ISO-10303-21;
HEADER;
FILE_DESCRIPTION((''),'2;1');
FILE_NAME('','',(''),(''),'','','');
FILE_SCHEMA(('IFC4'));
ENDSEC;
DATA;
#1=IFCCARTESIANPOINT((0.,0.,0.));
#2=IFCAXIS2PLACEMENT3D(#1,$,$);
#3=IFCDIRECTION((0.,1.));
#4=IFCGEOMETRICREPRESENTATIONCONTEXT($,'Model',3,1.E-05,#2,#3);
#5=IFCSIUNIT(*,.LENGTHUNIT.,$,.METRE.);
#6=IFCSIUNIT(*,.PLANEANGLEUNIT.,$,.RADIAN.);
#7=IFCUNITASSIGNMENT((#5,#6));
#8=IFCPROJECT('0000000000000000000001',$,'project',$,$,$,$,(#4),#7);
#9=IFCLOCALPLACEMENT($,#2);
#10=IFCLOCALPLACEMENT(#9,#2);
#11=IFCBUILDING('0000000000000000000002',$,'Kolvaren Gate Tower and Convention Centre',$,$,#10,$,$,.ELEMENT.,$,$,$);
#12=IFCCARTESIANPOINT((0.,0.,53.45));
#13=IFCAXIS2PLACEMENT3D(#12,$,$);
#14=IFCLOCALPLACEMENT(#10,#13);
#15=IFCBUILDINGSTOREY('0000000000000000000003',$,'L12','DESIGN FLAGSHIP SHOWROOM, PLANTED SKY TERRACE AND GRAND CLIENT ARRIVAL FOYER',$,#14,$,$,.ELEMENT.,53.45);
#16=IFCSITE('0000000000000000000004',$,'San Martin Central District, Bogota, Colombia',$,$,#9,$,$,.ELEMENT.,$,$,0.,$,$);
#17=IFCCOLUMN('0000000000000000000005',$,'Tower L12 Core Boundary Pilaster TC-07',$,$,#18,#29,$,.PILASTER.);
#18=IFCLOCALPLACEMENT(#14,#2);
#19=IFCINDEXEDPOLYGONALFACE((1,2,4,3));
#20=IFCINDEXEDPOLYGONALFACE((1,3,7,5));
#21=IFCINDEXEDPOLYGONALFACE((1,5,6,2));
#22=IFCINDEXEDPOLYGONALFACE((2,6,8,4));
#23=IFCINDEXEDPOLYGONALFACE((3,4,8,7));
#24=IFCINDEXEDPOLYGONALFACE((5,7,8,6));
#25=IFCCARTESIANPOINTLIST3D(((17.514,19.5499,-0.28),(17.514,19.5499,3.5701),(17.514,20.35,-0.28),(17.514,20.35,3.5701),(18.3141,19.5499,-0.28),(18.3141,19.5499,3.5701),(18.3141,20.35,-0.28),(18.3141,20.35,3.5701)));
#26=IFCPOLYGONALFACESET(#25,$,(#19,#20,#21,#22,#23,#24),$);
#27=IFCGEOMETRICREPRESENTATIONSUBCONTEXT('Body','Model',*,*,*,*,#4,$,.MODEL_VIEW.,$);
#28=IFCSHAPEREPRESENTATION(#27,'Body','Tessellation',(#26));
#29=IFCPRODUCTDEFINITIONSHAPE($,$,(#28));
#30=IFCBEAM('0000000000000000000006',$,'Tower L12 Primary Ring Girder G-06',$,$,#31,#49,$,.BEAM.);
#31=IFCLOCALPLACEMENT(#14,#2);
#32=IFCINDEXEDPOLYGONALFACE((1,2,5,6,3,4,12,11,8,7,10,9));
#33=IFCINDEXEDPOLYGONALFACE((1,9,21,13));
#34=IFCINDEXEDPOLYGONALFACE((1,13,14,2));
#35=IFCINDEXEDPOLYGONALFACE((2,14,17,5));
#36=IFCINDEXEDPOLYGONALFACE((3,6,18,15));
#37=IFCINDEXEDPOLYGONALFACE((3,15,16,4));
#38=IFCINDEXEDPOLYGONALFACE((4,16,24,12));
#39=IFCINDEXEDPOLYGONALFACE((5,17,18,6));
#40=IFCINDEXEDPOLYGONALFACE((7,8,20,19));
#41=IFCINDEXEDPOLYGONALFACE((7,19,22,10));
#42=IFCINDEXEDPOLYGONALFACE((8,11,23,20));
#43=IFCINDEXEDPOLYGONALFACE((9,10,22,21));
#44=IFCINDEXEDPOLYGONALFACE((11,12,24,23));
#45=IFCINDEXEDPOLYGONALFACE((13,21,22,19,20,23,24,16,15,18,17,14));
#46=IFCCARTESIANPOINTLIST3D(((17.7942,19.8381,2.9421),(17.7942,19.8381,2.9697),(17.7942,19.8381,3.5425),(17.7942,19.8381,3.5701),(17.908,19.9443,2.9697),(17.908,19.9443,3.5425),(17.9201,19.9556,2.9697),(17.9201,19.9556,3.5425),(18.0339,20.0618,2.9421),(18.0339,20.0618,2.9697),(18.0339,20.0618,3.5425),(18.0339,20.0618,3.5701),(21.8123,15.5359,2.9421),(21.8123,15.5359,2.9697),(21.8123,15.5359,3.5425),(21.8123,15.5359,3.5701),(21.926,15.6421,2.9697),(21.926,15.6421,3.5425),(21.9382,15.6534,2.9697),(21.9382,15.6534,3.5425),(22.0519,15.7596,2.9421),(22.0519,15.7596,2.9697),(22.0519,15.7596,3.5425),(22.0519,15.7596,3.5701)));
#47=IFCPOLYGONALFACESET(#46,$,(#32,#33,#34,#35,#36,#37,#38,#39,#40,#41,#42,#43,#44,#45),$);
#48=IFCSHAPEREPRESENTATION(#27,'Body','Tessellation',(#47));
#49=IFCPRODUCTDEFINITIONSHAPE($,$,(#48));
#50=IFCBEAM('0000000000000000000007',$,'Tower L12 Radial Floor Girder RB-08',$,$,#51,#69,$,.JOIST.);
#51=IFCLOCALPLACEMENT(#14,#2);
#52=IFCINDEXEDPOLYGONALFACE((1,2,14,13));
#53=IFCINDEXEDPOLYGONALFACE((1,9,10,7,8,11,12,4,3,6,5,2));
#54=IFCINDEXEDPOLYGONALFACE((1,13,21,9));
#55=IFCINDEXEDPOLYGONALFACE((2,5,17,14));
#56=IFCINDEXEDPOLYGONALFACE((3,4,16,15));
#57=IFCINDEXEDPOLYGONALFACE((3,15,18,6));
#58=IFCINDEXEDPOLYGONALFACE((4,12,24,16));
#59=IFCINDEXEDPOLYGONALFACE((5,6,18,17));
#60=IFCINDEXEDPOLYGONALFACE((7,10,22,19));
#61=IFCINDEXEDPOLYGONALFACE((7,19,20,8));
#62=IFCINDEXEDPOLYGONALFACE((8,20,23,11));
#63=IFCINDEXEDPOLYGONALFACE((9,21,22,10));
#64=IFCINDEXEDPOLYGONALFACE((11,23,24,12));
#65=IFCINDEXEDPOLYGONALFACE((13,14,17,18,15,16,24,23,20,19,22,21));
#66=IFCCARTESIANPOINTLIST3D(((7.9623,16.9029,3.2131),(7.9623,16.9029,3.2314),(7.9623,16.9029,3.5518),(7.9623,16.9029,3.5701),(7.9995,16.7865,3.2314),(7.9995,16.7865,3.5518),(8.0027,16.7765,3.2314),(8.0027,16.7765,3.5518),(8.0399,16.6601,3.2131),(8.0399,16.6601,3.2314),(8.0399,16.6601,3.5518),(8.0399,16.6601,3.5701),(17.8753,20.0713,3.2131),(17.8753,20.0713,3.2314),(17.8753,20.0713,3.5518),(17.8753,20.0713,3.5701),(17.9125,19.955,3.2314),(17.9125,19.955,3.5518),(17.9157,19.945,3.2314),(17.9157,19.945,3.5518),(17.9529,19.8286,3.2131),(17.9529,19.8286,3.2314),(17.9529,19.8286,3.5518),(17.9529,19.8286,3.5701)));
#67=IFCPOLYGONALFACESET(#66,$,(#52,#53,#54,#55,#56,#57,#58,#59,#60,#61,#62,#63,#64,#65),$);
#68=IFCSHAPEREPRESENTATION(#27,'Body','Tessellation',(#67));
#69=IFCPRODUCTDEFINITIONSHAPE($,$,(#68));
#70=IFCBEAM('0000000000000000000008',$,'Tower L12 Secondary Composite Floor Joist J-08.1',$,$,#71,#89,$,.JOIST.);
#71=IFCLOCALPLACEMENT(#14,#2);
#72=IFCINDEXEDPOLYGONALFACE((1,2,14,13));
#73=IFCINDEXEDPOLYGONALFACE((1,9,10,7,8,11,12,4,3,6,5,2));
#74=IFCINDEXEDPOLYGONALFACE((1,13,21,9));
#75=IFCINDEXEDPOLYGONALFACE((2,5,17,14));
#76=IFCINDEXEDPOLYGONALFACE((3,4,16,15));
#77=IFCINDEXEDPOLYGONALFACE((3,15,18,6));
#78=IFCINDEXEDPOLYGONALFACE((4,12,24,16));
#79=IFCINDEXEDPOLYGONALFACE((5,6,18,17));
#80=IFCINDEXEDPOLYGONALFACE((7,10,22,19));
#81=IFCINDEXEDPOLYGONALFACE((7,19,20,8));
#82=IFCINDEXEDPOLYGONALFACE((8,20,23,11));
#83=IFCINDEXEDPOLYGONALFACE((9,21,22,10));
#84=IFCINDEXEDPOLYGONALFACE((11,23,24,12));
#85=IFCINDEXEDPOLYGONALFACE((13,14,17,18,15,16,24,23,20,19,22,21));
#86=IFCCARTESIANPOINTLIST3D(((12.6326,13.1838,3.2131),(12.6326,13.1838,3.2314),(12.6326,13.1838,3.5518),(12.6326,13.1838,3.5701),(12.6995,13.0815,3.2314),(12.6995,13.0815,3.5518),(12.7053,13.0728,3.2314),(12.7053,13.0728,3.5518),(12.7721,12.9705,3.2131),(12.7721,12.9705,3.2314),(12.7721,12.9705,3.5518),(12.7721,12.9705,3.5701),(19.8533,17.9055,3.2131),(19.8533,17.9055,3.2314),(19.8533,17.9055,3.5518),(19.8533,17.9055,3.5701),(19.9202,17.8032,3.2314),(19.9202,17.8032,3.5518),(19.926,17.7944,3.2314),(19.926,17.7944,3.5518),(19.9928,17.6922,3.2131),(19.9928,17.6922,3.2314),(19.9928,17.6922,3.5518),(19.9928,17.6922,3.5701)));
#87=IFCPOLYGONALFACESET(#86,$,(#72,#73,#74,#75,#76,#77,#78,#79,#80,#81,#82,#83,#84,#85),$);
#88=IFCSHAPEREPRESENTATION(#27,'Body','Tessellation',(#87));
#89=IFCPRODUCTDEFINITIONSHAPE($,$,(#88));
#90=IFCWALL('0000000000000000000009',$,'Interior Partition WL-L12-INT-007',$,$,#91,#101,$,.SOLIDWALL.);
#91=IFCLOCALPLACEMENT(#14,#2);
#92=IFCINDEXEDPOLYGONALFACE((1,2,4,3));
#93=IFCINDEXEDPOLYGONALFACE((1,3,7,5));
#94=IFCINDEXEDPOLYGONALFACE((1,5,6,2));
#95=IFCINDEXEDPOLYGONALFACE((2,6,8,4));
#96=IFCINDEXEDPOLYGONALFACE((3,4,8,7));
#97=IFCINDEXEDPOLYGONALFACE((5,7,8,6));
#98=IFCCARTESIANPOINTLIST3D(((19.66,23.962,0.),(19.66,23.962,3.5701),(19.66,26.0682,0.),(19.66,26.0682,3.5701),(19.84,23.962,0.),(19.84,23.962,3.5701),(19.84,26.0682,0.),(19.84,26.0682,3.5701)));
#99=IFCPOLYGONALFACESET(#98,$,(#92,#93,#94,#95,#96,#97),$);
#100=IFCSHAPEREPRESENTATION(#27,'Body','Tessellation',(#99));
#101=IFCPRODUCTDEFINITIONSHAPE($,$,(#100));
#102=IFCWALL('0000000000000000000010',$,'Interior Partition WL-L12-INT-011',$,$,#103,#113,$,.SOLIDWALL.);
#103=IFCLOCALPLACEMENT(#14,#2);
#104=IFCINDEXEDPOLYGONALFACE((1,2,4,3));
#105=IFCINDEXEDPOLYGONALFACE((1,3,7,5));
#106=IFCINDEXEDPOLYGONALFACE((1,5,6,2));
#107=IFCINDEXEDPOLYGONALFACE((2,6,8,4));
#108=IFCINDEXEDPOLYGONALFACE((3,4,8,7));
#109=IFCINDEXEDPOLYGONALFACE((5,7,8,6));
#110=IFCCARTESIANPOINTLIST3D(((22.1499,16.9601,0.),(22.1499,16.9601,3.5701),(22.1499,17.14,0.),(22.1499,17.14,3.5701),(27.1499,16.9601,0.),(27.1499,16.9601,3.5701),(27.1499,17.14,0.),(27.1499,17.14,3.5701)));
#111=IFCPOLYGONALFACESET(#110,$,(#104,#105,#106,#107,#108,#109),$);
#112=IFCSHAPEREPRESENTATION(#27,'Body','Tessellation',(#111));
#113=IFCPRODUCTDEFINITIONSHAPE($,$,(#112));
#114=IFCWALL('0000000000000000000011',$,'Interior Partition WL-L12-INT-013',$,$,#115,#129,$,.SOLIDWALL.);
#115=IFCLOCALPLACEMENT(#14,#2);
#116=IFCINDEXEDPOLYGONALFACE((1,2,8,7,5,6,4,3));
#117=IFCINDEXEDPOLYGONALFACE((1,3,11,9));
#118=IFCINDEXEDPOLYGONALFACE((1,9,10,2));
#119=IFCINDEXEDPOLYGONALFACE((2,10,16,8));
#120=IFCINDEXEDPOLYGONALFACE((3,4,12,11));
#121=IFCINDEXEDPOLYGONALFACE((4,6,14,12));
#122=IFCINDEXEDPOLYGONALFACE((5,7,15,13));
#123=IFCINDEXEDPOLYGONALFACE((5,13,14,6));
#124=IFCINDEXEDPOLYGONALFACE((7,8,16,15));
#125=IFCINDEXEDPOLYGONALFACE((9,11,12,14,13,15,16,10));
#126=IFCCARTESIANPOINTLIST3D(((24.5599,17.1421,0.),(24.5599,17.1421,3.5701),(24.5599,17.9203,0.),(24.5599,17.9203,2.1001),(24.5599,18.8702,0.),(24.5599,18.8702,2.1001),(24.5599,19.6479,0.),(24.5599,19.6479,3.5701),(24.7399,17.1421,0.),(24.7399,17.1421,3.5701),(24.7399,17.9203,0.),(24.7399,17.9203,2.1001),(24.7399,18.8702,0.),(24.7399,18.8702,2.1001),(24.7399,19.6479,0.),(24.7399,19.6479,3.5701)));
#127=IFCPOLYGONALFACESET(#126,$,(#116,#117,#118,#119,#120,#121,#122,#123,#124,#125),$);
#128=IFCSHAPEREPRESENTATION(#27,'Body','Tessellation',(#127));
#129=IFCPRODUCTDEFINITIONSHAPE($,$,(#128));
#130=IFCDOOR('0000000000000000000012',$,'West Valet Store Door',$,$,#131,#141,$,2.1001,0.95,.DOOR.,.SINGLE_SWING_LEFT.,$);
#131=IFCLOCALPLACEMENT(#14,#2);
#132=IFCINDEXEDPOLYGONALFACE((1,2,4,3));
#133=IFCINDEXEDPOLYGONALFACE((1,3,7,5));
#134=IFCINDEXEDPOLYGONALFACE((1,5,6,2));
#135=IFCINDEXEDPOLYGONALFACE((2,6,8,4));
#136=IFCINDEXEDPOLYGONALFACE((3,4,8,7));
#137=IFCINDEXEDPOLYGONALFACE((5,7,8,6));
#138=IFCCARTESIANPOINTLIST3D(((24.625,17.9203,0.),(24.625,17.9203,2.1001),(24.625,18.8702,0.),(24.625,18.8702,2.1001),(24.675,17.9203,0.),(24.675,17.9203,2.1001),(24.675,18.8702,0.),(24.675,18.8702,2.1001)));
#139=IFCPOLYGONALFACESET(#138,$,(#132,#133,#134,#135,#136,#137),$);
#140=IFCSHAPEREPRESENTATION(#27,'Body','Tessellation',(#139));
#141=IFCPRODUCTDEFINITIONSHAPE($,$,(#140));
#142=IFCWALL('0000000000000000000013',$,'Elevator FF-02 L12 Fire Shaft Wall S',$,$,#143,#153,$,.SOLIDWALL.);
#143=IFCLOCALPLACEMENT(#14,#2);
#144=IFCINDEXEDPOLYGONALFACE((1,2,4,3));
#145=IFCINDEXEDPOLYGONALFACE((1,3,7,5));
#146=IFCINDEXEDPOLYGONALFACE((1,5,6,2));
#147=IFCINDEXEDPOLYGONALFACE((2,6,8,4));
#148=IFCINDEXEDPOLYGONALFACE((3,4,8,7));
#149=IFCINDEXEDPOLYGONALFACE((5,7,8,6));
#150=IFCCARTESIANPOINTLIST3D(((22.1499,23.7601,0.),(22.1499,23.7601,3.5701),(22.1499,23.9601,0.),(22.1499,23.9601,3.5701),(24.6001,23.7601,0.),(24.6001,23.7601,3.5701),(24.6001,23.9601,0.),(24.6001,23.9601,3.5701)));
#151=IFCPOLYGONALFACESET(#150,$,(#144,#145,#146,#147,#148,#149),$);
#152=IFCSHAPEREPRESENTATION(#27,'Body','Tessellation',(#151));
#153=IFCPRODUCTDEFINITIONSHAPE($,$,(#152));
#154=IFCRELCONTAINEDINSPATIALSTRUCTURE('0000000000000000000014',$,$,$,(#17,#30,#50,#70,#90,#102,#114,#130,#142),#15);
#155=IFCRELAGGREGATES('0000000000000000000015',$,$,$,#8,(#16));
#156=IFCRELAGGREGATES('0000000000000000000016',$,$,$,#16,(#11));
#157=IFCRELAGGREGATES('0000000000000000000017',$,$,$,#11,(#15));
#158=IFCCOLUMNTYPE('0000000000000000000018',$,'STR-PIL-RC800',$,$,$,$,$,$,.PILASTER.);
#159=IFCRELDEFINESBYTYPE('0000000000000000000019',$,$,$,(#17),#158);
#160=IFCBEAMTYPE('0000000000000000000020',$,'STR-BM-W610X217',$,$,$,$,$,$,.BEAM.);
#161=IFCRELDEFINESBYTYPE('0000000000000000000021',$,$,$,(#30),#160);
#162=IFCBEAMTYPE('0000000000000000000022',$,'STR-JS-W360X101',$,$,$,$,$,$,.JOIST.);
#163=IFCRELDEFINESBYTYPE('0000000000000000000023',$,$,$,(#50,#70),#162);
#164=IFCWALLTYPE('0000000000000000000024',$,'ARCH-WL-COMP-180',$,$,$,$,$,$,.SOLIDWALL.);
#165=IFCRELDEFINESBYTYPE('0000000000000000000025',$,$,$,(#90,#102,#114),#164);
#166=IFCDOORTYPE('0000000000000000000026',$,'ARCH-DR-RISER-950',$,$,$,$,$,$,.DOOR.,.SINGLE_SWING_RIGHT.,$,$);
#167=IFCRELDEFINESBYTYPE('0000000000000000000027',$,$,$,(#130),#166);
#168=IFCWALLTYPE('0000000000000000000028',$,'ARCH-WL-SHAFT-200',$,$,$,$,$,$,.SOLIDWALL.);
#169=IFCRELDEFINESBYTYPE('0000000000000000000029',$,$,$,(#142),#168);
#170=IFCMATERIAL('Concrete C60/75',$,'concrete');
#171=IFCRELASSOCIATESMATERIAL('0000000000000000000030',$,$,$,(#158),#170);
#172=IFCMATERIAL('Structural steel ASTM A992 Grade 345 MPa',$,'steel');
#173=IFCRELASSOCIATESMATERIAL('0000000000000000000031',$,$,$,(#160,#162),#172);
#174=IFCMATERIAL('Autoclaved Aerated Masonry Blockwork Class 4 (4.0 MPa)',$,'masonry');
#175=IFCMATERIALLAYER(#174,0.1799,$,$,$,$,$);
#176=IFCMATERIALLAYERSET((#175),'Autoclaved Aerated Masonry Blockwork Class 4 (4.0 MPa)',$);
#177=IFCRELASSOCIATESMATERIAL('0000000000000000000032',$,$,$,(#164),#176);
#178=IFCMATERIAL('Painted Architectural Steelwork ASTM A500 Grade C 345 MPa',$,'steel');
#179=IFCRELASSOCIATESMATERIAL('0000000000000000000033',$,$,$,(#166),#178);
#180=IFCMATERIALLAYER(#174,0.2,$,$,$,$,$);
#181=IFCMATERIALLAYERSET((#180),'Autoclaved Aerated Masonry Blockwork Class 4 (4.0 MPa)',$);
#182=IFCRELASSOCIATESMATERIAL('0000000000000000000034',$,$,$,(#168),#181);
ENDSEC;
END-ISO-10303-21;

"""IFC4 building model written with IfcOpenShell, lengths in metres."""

from ifc_helpers import new_model, si_unit, direction, frame, frame_2d, origin, origin_2d, place, context, subcontext, project, spatial, rectangle, i_section, extrude, material, layer, layer_set, material_profile, profile_set, type_object, element, fill, save


model = new_model("IFC4")

# Units and contexts
model_context = context("Model", 3, precision=1e-05, world=origin(), true_north=direction((0.0, 1.0)))
body_context = subcontext(model_context, "Body", "Model", "MODEL_VIEW")
ifc_project = project(units=[si_unit("LENGTHUNIT", "METRE"), si_unit("PLANEANGLEUNIT", "RADIAN")], contexts=[model_context])

# Site, building, storey
site_placement = place(None, origin())
site = spatial("IfcSite", under=ifc_project, at=site_placement, Name="San Martin Central District, Bogota, Colombia", CompositionType="ELEMENT", RefElevation=0.0)
building_placement = place(site_placement, origin())
building = spatial("IfcBuilding", under=site, at=building_placement, Name="Kolvaren Gate Tower and Convention Centre", CompositionType="ELEMENT")
storey_placement = place(building_placement, frame((0.0, 0.0, 53.45)))
storey = spatial("IfcBuildingStorey", under=building, at=storey_placement, Name="L12", Description="DESIGN FLAGSHIP SHOWROOM, PLANTED SKY TERRACE AND GRAND CLIENT ARRIVAL FOYER", CompositionType="ELEMENT", Elevation=53.45)

# Column
ifc_material_1 = material(Name="Concrete C60/75", Category="concrete")
ifc_material_profile_1 = material_profile(ifc_material_1, rectangle(XDim=0.8, YDim=0.8, at=origin_2d()), Name="RC-COL-800X800")
ifc_profile_set_1 = profile_set([ifc_material_profile_1], Name="Concrete C60/75")
column_type = type_object("IfcColumnType", Name="STR-PIL-RC800", PredefinedType="PILASTER", material=ifc_profile_set_1)
column_placement = place(storey_placement, frame((17.9141, 19.95, -0.28), z_axis=(0.0, 0.0, 1.0), x_axis=(1.0, 0.0, 0.0)))
element("IfcColumn", 1, at=column_placement, inside=storey, type_object=column_type, Name="Tower L12 Core Boundary Pilaster TC-07", PredefinedType="PILASTER", context=body_context, shape_type="SweptSolid", body=[
    extrude(rectangle(XDim=0.8, YDim=0.8, at=origin_2d()), origin(), (0.0, 0.0, 1.0), 3.8501),
])

# Beams
ifc_material_2 = material(Name="Structural steel ASTM A992 Grade 345 MPa", Category="steel")
ifc_material_profile_2 = material_profile(ifc_material_2, i_section(OverallWidth=0.3279, OverallDepth=0.6279, WebThickness=0.0166, FlangeThickness=0.0276, at=origin_2d()), Name="W610X217")
ifc_profile_set_2 = profile_set([ifc_material_profile_2], Name="Structural steel ASTM A992 Grade 345 MPa")
beam_type_1 = type_object("IfcBeamType", Name="STR-BM-W610X217", PredefinedType="BEAM", material=ifc_profile_set_2)
beam_1_placement = place(storey_placement, frame((17.9141, 19.95, 3.2561), z_axis=(0.682558, -0.730832, 0.0), x_axis=(0.730832, 0.682558, 0.0)))
element("IfcBeam", 2, at=beam_1_placement, inside=storey, type_object=beam_type_1, Name="Tower L12 Primary Ring Girder G-06", PredefinedType="BEAM", context=body_context, shape_type="SweptSolid", body=[
    extrude(i_section(OverallWidth=0.3279, OverallDepth=0.6279, WebThickness=0.0166, FlangeThickness=0.0276, at=origin_2d()), origin(), (0.0, 0.0, 1.0), 5.8867),
])
ifc_material_profile_3 = material_profile(ifc_material_2, i_section(OverallWidth=0.2549, OverallDepth=0.3569, WebThickness=0.0105, FlangeThickness=0.0183, at=origin_2d()), Name="W360X101")
ifc_profile_set_3 = profile_set([ifc_material_profile_3], Name="Structural steel ASTM A992 Grade 345 MPa")
beam_type_2 = type_object("IfcBeamType", Name="STR-JS-W360X101", PredefinedType="JOIST", material=ifc_profile_set_3)
beam_2_placement = place(storey_placement, frame((17.9141, 19.95, 3.3916), z_axis=(-0.952526, -0.304457, 0.0), x_axis=(0.304457, -0.952526, 0.0)))
element("IfcBeam", 3, at=beam_2_placement, inside=storey, type_object=beam_type_2, Name="Tower L12 Radial Floor Girder RB-08", PredefinedType="JOIST", context=body_context, shape_type="SweptSolid", body=[
    extrude(i_section(OverallWidth=0.2549, OverallDepth=0.3569, WebThickness=0.0105, FlangeThickness=0.0183, at=origin_2d()), origin(), (0.0, 0.0, 1.0), 10.407),
])
beam_3_placement = place(storey_placement, frame((19.9231, 17.7988, 3.3916), z_axis=(-0.836946, -0.547286, 0.0), x_axis=(0.547286, -0.836946, 0.0)))
element("IfcBeam", 4, at=beam_3_placement, inside=storey, type_object=beam_type_2, Name="Tower L12 Secondary Composite Floor Joist J-08.1", PredefinedType="JOIST", context=body_context, shape_type="SweptSolid", body=[
    extrude(i_section(OverallWidth=0.2549, OverallDepth=0.3569, WebThickness=0.0105, FlangeThickness=0.0183, at=origin_2d()), origin(), (0.0, 0.0, 1.0), 8.6274),
])

# Walls
ifc_material_3 = material(Name="Autoclaved Aerated Masonry Blockwork Class 4 (4.0 MPa)", Category="masonry")
ifc_layer_1 = layer(ifc_material_3, 0.1799)
ifc_layer_set_1 = layer_set([ifc_layer_1], Name="Autoclaved Aerated Masonry Blockwork Class 4 (4.0 MPa)")
wall_type_1 = type_object("IfcWallType", Name="ARCH-WL-COMP-180", PredefinedType="SOLIDWALL", material=ifc_layer_set_1)
wall_1_placement = place(storey_placement, frame((19.75, 23.9619, 0.0), z_axis=(0.0, 0.0, 1.0), x_axis=(0.0, 1.0, 0.0)))
element("IfcWall", 5, at=wall_1_placement, inside=storey, type_object=wall_type_1, Name="Interior Partition WL-L12-INT-007", PredefinedType="SOLIDWALL", context=body_context, shape_type="SweptSolid", body=[
    extrude(rectangle(XDim=2.1062, YDim=0.1799, at=frame_2d((1.0532, 0.0))), origin(), (0.0, 0.0, 1.0), 3.5701),
])
wall_2_placement = place(storey_placement, frame((22.1499, 17.05, 0.0), z_axis=(0.0, 0.0, 1.0), x_axis=(1.0, 0.0, 0.0)))
element("IfcWall", 6, at=wall_2_placement, inside=storey, type_object=wall_type_1, Name="Interior Partition WL-L12-INT-011", PredefinedType="SOLIDWALL", context=body_context, shape_type="SweptSolid", body=[
    extrude(rectangle(XDim=5.0, YDim=0.1799, at=frame_2d((2.5, 0.0))), origin(), (0.0, 0.0, 1.0), 3.5701),
])

# Wall, opening, door
wall_3_placement = place(storey_placement, frame((24.6499, 17.1421, 0.0), z_axis=(0.0, 0.0, 1.0), x_axis=(0.0, 1.0, 0.0)))
wall_3 = element("IfcWall", 7, at=wall_3_placement, inside=storey, type_object=wall_type_1, Name="Interior Partition WL-L12-INT-013", PredefinedType="SOLIDWALL", context=body_context, shape_type="SweptSolid", body=[
    extrude(rectangle(XDim=2.5059, YDim=0.1799, at=frame_2d((1.2529, 0.0))), origin(), (0.0, 0.0, 1.0), 3.5701),
])
opening_1_placement = place(wall_3_placement, frame((0.7781, 0.0, 0.0)))
opening_1 = element("IfcOpeningElement", 8, at=opening_1_placement, cuts=wall_3, PredefinedType="OPENING", context=body_context, shape_type="SweptSolid", body=[
    extrude(rectangle(XDim=0.95, YDim=2.1001, at=frame_2d((0.4751, 1.05))), frame((0.0, 0.0999, 0.0), z_axis=(0.0, -1.0, 0.0), x_axis=(1.0, 0.0, 0.0)), (0.0, 0.0, 1.0), 0.2),
])
ifc_material_4 = material(Name="Painted Architectural Steelwork ASTM A500 Grade C 345 MPa", Category="steel")
door_type_1 = type_object("IfcDoorType", Name="ARCH-DR-RISER-950", OperationType="SINGLE_SWING_RIGHT", PredefinedType="DOOR", material=ifc_material_4)
door_1_placement = place(opening_1_placement, origin())
door_1 = element("IfcDoor", 9, at=door_1_placement, inside=storey, type_object=door_type_1, Name="West Valet Store Door", OperationType="SINGLE_SWING_LEFT", OverallHeight=2.1001, OverallWidth=0.95, PredefinedType="DOOR", context=body_context, shape_type="SweptSolid", body=[
    extrude(rectangle(XDim=0.95, YDim=2.1001, at=frame_2d((0.4751, 1.05))), frame((0.0, 0.0249, 0.0), z_axis=(0.0, -1.0, 0.0), x_axis=(1.0, 0.0, 0.0)), (0.0, 0.0, 1.0), 0.05),
])
fill(opening_1, door_1)

# Wall
ifc_layer_2 = layer(ifc_material_3, 0.2)
ifc_layer_set_2 = layer_set([ifc_layer_2], Name="Autoclaved Aerated Masonry Blockwork Class 4 (4.0 MPa)")
wall_type_2 = type_object("IfcWallType", Name="ARCH-WL-SHAFT-200", PredefinedType="SOLIDWALL", material=ifc_layer_set_2)
wall_4_placement = place(storey_placement, frame((22.1499, 23.8601, 0.0), z_axis=(0.0, 0.0, 1.0), x_axis=(1.0, 0.0, 0.0)))
element("IfcWall", 10, at=wall_4_placement, inside=storey, type_object=wall_type_2, Name="Elevator FF-02 L12 Fire Shaft Wall S", PredefinedType="SOLIDWALL", context=body_context, shape_type="SweptSolid", body=[
    extrude(rectangle(XDim=2.4502, YDim=0.2, at=frame_2d((1.2251, 0.0))), origin(), (0.0, 0.0, 1.0), 3.5701),
])

save(model, "model.ifc")
